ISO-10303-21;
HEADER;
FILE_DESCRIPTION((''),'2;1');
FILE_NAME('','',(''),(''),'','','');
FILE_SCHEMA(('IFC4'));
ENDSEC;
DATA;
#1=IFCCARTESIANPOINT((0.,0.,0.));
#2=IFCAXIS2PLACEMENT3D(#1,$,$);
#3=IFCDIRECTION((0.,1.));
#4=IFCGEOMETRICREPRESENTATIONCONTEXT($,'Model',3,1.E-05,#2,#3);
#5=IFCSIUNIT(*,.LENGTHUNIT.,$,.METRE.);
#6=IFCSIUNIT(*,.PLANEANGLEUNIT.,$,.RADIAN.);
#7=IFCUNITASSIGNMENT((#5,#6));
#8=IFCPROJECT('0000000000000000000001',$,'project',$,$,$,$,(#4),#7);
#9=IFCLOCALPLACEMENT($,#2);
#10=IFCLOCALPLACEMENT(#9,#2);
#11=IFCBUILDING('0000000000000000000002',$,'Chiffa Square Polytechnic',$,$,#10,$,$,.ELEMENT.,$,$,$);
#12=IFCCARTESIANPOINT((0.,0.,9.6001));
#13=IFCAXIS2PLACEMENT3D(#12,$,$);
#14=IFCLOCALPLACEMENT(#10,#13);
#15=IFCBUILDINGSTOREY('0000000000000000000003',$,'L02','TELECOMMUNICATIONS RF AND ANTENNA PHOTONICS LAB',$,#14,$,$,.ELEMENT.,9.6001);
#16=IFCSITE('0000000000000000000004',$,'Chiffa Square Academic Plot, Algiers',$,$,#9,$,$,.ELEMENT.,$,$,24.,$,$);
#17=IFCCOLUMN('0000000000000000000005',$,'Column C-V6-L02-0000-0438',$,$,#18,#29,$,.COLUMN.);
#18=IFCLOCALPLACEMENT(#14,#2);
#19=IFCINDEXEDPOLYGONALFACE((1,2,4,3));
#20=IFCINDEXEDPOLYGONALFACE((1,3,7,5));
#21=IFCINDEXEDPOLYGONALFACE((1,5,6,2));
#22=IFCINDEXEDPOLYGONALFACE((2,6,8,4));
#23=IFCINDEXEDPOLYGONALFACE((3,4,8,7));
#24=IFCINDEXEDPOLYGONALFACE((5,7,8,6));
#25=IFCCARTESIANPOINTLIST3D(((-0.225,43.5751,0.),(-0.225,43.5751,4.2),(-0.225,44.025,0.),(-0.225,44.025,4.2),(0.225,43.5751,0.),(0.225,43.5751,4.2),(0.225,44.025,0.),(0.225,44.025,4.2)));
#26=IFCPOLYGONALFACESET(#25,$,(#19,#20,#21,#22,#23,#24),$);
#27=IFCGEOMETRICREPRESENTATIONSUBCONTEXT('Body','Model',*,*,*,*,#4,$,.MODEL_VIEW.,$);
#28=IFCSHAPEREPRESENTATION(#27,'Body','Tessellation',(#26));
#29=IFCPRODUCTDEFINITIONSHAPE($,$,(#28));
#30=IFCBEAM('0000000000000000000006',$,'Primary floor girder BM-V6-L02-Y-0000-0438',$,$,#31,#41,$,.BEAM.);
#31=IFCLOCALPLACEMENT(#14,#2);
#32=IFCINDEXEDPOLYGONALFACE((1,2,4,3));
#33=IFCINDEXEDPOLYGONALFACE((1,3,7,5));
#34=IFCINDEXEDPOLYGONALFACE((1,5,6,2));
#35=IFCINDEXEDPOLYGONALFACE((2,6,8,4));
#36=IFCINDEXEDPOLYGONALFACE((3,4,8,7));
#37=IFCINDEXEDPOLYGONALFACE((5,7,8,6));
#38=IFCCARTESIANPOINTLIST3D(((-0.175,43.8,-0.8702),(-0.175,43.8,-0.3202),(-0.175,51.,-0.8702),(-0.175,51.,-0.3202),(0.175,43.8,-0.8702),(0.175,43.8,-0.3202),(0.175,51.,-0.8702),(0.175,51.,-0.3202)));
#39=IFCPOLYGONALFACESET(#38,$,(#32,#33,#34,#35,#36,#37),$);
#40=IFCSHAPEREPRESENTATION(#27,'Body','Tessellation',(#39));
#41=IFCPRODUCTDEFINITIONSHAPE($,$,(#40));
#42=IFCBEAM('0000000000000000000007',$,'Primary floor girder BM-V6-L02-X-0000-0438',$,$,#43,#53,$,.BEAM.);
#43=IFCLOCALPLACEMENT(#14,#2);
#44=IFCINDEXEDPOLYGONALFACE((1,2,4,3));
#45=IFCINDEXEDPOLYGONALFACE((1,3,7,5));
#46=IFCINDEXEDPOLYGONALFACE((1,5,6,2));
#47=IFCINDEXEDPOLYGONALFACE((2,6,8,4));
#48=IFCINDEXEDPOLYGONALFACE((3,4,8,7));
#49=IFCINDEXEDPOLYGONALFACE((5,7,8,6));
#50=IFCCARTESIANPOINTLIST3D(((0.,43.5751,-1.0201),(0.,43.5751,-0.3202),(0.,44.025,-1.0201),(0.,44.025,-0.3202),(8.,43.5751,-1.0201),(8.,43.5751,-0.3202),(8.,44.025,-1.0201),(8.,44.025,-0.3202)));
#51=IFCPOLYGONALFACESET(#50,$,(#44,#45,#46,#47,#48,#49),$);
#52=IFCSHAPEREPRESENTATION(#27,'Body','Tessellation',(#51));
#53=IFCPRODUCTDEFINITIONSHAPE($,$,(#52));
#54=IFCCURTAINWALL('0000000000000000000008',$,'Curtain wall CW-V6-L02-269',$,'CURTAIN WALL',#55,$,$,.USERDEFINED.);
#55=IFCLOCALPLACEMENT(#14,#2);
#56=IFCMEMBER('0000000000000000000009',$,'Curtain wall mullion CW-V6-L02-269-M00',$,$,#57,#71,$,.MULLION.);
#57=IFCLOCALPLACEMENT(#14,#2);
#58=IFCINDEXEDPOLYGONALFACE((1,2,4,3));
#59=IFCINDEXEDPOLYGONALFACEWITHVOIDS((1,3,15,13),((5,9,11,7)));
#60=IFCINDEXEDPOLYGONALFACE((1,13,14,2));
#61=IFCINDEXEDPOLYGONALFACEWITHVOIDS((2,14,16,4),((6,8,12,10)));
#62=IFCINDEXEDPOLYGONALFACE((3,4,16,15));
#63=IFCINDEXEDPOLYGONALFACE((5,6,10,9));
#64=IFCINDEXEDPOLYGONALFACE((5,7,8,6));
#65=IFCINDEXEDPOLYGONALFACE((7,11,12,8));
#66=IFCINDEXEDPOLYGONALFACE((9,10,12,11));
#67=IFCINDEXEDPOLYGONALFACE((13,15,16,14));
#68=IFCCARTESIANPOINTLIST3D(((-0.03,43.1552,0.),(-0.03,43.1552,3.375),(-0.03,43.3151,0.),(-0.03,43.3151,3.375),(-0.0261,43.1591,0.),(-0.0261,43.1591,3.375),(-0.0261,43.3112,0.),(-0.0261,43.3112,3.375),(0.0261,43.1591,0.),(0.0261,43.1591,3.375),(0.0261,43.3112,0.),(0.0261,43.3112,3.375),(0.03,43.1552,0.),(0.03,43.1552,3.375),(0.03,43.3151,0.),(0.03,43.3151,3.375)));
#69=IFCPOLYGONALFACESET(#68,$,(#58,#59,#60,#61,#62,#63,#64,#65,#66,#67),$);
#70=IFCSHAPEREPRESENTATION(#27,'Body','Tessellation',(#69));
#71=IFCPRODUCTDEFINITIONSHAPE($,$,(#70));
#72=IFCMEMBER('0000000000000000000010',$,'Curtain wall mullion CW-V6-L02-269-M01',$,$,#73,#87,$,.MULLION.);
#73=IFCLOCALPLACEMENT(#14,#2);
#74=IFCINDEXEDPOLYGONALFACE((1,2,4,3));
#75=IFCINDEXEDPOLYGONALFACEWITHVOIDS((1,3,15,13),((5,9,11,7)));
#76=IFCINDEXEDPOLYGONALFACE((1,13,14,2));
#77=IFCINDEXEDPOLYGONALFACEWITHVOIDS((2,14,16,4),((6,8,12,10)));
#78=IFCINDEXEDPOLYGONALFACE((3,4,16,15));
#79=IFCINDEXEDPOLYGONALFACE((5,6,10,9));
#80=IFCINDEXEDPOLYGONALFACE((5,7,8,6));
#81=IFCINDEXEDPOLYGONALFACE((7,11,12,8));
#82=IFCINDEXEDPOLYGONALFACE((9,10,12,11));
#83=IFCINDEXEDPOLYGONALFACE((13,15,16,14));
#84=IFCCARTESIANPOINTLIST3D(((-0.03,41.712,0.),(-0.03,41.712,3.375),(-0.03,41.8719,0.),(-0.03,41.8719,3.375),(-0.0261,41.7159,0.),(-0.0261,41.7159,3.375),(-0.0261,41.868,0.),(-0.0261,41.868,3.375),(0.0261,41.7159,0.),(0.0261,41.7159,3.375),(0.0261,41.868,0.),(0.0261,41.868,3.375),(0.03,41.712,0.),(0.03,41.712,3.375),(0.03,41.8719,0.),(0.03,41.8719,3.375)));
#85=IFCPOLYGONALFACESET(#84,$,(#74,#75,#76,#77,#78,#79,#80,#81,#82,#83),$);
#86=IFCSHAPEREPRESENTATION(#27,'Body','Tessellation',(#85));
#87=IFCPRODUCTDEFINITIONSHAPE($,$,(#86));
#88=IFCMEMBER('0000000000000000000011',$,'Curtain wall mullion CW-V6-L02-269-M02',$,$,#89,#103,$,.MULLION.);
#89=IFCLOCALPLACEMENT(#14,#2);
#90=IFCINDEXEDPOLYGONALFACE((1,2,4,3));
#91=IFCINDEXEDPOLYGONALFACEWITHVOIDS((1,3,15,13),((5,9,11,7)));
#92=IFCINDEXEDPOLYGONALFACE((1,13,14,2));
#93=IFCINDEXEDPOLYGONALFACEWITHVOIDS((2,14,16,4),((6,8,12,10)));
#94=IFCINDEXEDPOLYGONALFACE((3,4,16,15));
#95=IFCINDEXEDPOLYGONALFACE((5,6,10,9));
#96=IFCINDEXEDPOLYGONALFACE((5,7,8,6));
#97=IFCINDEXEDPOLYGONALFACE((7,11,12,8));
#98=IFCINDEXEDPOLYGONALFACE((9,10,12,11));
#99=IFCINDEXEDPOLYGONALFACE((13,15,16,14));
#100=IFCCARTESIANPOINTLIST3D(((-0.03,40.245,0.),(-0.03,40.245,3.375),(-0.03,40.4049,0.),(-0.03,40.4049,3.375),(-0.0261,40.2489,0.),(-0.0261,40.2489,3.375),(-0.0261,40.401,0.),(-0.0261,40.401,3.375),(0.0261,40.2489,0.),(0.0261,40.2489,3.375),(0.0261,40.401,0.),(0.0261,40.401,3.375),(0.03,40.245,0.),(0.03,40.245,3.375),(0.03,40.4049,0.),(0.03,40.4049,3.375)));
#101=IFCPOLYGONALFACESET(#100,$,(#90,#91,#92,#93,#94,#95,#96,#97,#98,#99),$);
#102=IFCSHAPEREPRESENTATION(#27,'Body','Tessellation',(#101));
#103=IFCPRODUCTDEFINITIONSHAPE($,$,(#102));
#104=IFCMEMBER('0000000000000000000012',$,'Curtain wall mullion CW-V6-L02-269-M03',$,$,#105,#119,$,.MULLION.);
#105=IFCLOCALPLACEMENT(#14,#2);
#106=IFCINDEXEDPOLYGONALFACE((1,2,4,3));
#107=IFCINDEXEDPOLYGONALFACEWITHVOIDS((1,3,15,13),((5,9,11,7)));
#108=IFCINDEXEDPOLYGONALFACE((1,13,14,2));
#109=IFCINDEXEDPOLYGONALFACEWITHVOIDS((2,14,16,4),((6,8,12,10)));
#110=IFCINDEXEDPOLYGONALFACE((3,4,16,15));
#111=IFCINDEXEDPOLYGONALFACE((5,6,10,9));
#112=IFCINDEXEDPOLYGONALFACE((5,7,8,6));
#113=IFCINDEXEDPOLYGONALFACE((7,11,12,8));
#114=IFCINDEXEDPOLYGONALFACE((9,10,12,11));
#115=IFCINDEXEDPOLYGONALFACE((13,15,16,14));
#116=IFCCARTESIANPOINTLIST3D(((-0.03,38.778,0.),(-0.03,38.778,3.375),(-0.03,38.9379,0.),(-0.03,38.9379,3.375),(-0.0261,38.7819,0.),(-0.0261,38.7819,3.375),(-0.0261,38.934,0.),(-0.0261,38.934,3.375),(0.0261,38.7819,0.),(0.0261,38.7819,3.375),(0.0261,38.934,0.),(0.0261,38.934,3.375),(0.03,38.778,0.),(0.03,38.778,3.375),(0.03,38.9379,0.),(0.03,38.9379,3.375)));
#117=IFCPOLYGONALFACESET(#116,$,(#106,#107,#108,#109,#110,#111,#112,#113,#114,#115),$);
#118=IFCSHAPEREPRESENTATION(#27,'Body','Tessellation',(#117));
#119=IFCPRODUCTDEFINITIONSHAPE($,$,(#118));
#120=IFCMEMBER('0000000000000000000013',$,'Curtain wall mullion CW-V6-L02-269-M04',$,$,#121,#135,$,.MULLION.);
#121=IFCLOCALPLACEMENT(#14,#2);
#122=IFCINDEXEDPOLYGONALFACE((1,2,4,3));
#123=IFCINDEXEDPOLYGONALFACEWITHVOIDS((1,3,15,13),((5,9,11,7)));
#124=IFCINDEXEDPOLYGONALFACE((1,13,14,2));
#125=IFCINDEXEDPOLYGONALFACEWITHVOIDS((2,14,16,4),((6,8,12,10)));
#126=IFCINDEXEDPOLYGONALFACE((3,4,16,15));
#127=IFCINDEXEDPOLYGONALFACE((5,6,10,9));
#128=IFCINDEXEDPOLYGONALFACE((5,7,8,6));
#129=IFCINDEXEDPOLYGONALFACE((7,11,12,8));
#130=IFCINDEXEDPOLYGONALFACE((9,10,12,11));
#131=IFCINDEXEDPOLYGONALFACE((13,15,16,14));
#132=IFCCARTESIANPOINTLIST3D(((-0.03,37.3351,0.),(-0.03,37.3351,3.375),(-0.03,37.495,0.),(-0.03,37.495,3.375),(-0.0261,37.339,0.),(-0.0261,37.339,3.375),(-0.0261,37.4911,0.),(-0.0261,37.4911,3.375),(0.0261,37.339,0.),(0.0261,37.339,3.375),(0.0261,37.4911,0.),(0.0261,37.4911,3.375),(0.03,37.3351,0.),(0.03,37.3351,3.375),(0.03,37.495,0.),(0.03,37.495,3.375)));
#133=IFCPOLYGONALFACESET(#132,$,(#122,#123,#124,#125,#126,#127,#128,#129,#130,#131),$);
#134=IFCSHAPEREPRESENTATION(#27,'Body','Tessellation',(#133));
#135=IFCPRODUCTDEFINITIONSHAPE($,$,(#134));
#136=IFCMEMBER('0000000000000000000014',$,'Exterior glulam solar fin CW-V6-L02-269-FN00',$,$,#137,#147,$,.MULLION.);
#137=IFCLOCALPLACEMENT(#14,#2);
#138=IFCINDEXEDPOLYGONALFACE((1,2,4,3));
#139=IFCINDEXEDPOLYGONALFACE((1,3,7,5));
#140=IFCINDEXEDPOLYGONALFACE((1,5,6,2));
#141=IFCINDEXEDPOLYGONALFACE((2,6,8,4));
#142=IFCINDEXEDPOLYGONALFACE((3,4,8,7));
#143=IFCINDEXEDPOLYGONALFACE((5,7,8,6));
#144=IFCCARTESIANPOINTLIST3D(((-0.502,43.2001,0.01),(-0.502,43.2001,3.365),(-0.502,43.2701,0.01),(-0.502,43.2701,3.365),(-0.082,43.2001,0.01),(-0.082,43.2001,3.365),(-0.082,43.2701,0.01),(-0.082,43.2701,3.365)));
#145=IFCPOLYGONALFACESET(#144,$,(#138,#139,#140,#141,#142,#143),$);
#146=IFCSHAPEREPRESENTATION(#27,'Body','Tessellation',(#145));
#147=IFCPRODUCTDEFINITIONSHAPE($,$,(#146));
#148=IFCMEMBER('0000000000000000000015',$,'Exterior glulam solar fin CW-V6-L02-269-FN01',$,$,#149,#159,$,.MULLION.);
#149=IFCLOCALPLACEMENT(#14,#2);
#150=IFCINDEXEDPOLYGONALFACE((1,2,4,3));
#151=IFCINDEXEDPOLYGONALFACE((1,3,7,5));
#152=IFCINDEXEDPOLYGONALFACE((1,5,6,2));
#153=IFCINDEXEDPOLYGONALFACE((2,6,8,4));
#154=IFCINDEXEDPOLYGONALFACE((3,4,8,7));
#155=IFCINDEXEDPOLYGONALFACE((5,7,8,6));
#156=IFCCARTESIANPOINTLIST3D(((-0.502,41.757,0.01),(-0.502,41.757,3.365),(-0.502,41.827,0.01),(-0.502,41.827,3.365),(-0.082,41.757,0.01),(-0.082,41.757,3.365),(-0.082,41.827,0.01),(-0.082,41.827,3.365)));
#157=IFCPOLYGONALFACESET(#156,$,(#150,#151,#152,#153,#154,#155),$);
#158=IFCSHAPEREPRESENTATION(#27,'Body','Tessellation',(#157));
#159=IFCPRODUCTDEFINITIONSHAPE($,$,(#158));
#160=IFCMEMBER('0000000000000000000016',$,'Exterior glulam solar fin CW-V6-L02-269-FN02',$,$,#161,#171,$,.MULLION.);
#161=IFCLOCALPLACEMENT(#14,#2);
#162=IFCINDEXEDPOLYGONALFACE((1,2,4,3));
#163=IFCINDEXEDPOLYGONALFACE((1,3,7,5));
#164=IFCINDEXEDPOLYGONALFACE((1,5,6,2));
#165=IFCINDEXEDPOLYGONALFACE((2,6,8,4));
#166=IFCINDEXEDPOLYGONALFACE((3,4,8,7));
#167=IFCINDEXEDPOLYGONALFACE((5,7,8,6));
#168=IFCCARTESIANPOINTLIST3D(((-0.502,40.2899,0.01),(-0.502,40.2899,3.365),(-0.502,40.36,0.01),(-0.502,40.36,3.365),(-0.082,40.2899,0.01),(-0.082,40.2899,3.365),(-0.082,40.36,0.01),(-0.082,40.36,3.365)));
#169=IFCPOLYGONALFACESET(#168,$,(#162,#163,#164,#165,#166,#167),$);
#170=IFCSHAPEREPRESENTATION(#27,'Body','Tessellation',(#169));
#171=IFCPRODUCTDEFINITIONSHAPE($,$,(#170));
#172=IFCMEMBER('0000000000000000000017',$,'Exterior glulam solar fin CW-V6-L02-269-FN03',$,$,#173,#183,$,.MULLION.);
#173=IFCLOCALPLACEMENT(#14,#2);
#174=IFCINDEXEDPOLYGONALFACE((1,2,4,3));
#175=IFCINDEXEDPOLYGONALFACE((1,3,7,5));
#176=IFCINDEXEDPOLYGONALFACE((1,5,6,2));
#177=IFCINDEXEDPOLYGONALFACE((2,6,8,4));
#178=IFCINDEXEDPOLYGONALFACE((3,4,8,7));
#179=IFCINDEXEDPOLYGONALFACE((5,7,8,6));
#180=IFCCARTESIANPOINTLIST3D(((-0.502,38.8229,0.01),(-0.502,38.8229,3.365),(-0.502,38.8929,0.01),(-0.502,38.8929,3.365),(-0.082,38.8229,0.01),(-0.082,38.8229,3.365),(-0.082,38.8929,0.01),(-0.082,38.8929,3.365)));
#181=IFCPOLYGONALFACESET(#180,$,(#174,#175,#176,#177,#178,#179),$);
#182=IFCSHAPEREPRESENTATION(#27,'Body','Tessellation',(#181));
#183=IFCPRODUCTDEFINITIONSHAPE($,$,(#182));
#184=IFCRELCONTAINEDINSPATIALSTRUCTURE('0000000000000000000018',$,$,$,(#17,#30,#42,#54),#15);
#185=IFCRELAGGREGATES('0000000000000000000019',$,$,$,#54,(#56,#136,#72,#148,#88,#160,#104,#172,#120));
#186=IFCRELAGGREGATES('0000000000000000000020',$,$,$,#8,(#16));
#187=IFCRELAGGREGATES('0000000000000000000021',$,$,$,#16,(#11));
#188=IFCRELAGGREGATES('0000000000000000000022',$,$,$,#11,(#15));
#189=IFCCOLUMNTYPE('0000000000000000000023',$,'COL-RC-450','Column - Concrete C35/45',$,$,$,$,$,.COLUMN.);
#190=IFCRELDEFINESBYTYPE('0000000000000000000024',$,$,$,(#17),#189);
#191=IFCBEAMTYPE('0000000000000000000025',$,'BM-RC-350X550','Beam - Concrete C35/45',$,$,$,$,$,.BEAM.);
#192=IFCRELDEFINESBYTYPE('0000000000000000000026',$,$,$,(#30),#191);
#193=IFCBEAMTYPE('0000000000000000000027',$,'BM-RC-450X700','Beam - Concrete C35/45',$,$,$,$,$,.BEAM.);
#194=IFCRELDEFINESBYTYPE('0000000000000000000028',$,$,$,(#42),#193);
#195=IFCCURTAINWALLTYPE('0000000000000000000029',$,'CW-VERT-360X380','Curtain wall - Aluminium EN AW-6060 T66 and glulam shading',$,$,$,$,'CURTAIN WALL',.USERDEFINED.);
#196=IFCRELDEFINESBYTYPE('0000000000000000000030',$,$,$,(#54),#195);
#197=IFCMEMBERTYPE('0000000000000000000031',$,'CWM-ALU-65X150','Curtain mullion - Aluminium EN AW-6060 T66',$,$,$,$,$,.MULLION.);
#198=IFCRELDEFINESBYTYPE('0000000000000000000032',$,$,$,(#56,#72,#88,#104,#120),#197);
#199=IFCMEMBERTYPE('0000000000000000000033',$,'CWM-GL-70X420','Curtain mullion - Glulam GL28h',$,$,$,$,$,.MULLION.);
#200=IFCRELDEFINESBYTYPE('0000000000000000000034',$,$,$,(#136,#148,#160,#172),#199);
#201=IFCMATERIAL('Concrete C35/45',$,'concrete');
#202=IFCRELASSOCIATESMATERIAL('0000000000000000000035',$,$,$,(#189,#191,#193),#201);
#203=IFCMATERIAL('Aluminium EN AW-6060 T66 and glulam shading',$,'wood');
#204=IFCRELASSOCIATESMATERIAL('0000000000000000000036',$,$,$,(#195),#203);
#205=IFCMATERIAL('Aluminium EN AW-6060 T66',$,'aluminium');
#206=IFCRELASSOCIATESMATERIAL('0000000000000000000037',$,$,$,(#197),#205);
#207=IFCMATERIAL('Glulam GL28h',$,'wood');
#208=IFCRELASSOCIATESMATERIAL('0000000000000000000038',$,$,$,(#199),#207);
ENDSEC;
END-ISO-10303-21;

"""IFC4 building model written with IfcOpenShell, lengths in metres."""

from ifc_helpers import new_model, si_unit, direction, frame, origin, origin_2d, place, context, subcontext, project, spatial, rectangle, hollow_rectangle, extrude, material, material_profile, profile_set, type_object, element, aggregate, save


model = new_model("IFC4")

# Units and contexts
model_context = context("Model", 3, precision=1e-05, world=origin(), true_north=direction((0.0, 1.0)))
body_context = subcontext(model_context, "Body", "Model", "MODEL_VIEW")
ifc_project = project(units=[si_unit("LENGTHUNIT", "METRE"), si_unit("PLANEANGLEUNIT", "RADIAN")], contexts=[model_context])

# Site, building, storey
site_placement = place(None, origin())
site = spatial("IfcSite", under=ifc_project, at=site_placement, Name="Chiffa Square Academic Plot, Algiers", CompositionType="ELEMENT", RefElevation=24.0)
building_placement = place(site_placement, origin())
building = spatial("IfcBuilding", under=site, at=building_placement, Name="Chiffa Square Polytechnic", CompositionType="ELEMENT")
storey_placement = place(building_placement, frame((0.0, 0.0, 9.6001)))
storey = spatial("IfcBuildingStorey", under=building, at=storey_placement, Name="L02", Description="TELECOMMUNICATIONS RF AND ANTENNA PHOTONICS LAB", CompositionType="ELEMENT", Elevation=9.6001)

# Column
ifc_material_1 = material(Name="Concrete C35/45", Category="concrete")
ifc_material_profile_1 = material_profile(ifc_material_1, rectangle(XDim=0.45, YDim=0.45, at=origin_2d()), Name="RC 450x450")
ifc_profile_set_1 = profile_set([ifc_material_profile_1], Name="Concrete C35/45")
column_type = type_object("IfcColumnType", Name="COL-RC-450", Description="Column - Concrete C35/45", PredefinedType="COLUMN", material=ifc_profile_set_1)
column_placement = place(storey_placement, frame((0.0, 43.8, 0.0), z_axis=(0.0, 0.0, 1.0), x_axis=(1.0, 0.0, 0.0)))
element("IfcColumn", 1, at=column_placement, inside=storey, type_object=column_type, Name="Column C-V6-L02-0000-0438", PredefinedType="COLUMN", context=body_context, shape_type="SweptSolid", body=[
    extrude(rectangle(XDim=0.45, YDim=0.45, at=origin_2d()), origin(), (0.0, 0.0, 1.0), 4.2),
])

# Beams
ifc_material_profile_2 = material_profile(ifc_material_1, rectangle(XDim=0.3501, YDim=0.55, at=origin_2d()), Name="RC 350x550")
ifc_profile_set_2 = profile_set([ifc_material_profile_2], Name="Concrete C35/45")
beam_type_1 = type_object("IfcBeamType", Name="BM-RC-350X550", Description="Beam - Concrete C35/45", PredefinedType="BEAM", material=ifc_profile_set_2)
beam_1_placement = place(storey_placement, frame((0.0, 43.8, -0.5952), z_axis=(0.0, 1.0, 0.0), x_axis=(-1.0, 0.0, 0.0)))
element("IfcBeam", 2, at=beam_1_placement, inside=storey, type_object=beam_type_1, Name="Primary floor girder BM-V6-L02-Y-0000-0438", PredefinedType="BEAM", context=body_context, shape_type="SweptSolid", body=[
    extrude(rectangle(XDim=0.3501, YDim=0.55, at=origin_2d()), origin(), (0.0, 0.0, 1.0), 7.2),
])
ifc_material_profile_3 = material_profile(ifc_material_1, rectangle(XDim=0.45, YDim=0.7, at=origin_2d()), Name="RC 450x700")
ifc_profile_set_3 = profile_set([ifc_material_profile_3], Name="Concrete C35/45")
beam_type_2 = type_object("IfcBeamType", Name="BM-RC-450X700", Description="Beam - Concrete C35/45", PredefinedType="BEAM", material=ifc_profile_set_3)
beam_2_placement = place(storey_placement, frame((0.0, 43.8, -0.6702), z_axis=(1.0, 0.0, 0.0), x_axis=(0.0, 1.0, 0.0)))
element("IfcBeam", 3, at=beam_2_placement, inside=storey, type_object=beam_type_2, Name="Primary floor girder BM-V6-L02-X-0000-0438", PredefinedType="BEAM", context=body_context, shape_type="SweptSolid", body=[
    extrude(rectangle(XDim=0.45, YDim=0.7, at=origin_2d()), origin(), (0.0, 0.0, 1.0), 8.0),
])

# Curtain wall, members
ifc_material_2 = material(Name="Aluminium EN AW-6060 T66 and glulam shading", Category="wood")
curtain_wall_type = type_object("IfcCurtainWallType", Name="CW-VERT-360X380", Description="Curtain wall - Aluminium EN AW-6060 T66 and glulam shading", ElementType="CURTAIN WALL", PredefinedType="USERDEFINED", material=ifc_material_2)
curtain_wall_placement = place(storey_placement, origin())
curtain_wall = element("IfcCurtainWall", 4, at=curtain_wall_placement, inside=storey, type_object=curtain_wall_type, Name="Curtain wall CW-V6-L02-269", ObjectType="CURTAIN WALL", PredefinedType="USERDEFINED")
ifc_material_3 = material(Name="Aluminium EN AW-6060 T66", Category="aluminium")
ifc_material_profile_4 = material_profile(ifc_material_3, hollow_rectangle(XDim=0.0601, YDim=0.1599, WallThickness=0.0039, at=origin_2d()), Name="ALU 60x160x4")
ifc_profile_set_4 = profile_set([ifc_material_profile_4], Name="Aluminium EN AW-6060 T66")
member_type_1 = type_object("IfcMemberType", Name="CWM-ALU-65X150", Description="Curtain mullion - Aluminium EN AW-6060 T66", PredefinedType="MULLION", material=ifc_profile_set_4)
member_1_placement = place(storey_placement, frame((0.0, 43.2351, 0.0), z_axis=(0.0, 0.0, 1.0), x_axis=(1.0, 0.0, 0.0)))
member_1 = element("IfcMember", 5, at=member_1_placement, type_object=member_type_1, Name="Curtain wall mullion CW-V6-L02-269-M00", PredefinedType="MULLION", context=body_context, shape_type="SweptSolid", body=[
    extrude(hollow_rectangle(XDim=0.0601, YDim=0.1599, WallThickness=0.0039, at=origin_2d()), origin(), (0.0, 0.0, 1.0), 3.375),
])
member_2_placement = place(storey_placement, frame((0.0, 41.792, 0.0), z_axis=(0.0, 0.0, 1.0), x_axis=(1.0, 0.0, 0.0)))
member_2 = element("IfcMember", 6, at=member_2_placement, type_object=member_type_1, Name="Curtain wall mullion CW-V6-L02-269-M01", PredefinedType="MULLION", context=body_context, shape_type="SweptSolid", body=[
    extrude(hollow_rectangle(XDim=0.0601, YDim=0.1599, WallThickness=0.0039, at=origin_2d()), origin(), (0.0, 0.0, 1.0), 3.375),
])
member_3_placement = place(storey_placement, frame((0.0, 40.325, 0.0), z_axis=(0.0, 0.0, 1.0), x_axis=(1.0, 0.0, 0.0)))
member_3 = element("IfcMember", 7, at=member_3_placement, type_object=member_type_1, Name="Curtain wall mullion CW-V6-L02-269-M02", PredefinedType="MULLION", context=body_context, shape_type="SweptSolid", body=[
    extrude(hollow_rectangle(XDim=0.0601, YDim=0.1599, WallThickness=0.0039, at=origin_2d()), origin(), (0.0, 0.0, 1.0), 3.375),
])
member_4_placement = place(storey_placement, frame((0.0, 38.8579, 0.0), z_axis=(0.0, 0.0, 1.0), x_axis=(1.0, 0.0, 0.0)))
member_4 = element("IfcMember", 8, at=member_4_placement, type_object=member_type_1, Name="Curtain wall mullion CW-V6-L02-269-M03", PredefinedType="MULLION", context=body_context, shape_type="SweptSolid", body=[
    extrude(hollow_rectangle(XDim=0.0601, YDim=0.1599, WallThickness=0.0039, at=origin_2d()), origin(), (0.0, 0.0, 1.0), 3.375),
])
member_5_placement = place(storey_placement, frame((0.0, 37.415, 0.0), z_axis=(0.0, 0.0, 1.0), x_axis=(1.0, 0.0, 0.0)))
member_5 = element("IfcMember", 9, at=member_5_placement, type_object=member_type_1, Name="Curtain wall mullion CW-V6-L02-269-M04", PredefinedType="MULLION", context=body_context, shape_type="SweptSolid", body=[
    extrude(hollow_rectangle(XDim=0.0601, YDim=0.1599, WallThickness=0.0039, at=origin_2d()), origin(), (0.0, 0.0, 1.0), 3.375),
])
ifc_material_4 = material(Name="Glulam GL28h", Category="wood")
ifc_material_profile_5 = material_profile(ifc_material_4, rectangle(XDim=0.0701, YDim=0.4199, at=origin_2d()), Name="GL28h 70x420")
ifc_profile_set_5 = profile_set([ifc_material_profile_5], Name="Glulam GL28h")
member_type_2 = type_object("IfcMemberType", Name="CWM-GL-70X420", Description="Curtain mullion - Glulam GL28h", PredefinedType="MULLION", material=ifc_profile_set_5)
member_6_placement = place(storey_placement, frame((-0.292, 43.2351, 0.01), z_axis=(0.0, 0.0, 1.0), x_axis=(0.0, -1.0, 0.0)))
member_6 = element("IfcMember", 10, at=member_6_placement, type_object=member_type_2, Name="Exterior glulam solar fin CW-V6-L02-269-FN00", PredefinedType="MULLION", context=body_context, shape_type="SweptSolid", body=[
    extrude(rectangle(XDim=0.0701, YDim=0.4199, at=origin_2d()), origin(), (0.0, 0.0, 1.0), 3.355),
])
member_7_placement = place(storey_placement, frame((-0.292, 41.792, 0.01), z_axis=(0.0, 0.0, 1.0), x_axis=(0.0, -1.0, 0.0)))
member_7 = element("IfcMember", 11, at=member_7_placement, type_object=member_type_2, Name="Exterior glulam solar fin CW-V6-L02-269-FN01", PredefinedType="MULLION", context=body_context, shape_type="SweptSolid", body=[
    extrude(rectangle(XDim=0.0701, YDim=0.4199, at=origin_2d()), origin(), (0.0, 0.0, 1.0), 3.355),
])
member_8_placement = place(storey_placement, frame((-0.292, 40.325, 0.01), z_axis=(0.0, 0.0, 1.0), x_axis=(0.0, -1.0, 0.0)))
member_8 = element("IfcMember", 12, at=member_8_placement, type_object=member_type_2, Name="Exterior glulam solar fin CW-V6-L02-269-FN02", PredefinedType="MULLION", context=body_context, shape_type="SweptSolid", body=[
    extrude(rectangle(XDim=0.0701, YDim=0.4199, at=origin_2d()), origin(), (0.0, 0.0, 1.0), 3.355),
])
member_9_placement = place(storey_placement, frame((-0.292, 38.8579, 0.01), z_axis=(0.0, 0.0, 1.0), x_axis=(0.0, -1.0, 0.0)))
member_9 = element("IfcMember", 13, at=member_9_placement, type_object=member_type_2, Name="Exterior glulam solar fin CW-V6-L02-269-FN03", PredefinedType="MULLION", context=body_context, shape_type="SweptSolid", body=[
    extrude(rectangle(XDim=0.0701, YDim=0.4199, at=origin_2d()), origin(), (0.0, 0.0, 1.0), 3.355),
])

aggregate(curtain_wall, [member_1, member_6, member_2, member_7, member_3, member_8, member_4, member_9, member_5])

save(model, "model.ifc")
